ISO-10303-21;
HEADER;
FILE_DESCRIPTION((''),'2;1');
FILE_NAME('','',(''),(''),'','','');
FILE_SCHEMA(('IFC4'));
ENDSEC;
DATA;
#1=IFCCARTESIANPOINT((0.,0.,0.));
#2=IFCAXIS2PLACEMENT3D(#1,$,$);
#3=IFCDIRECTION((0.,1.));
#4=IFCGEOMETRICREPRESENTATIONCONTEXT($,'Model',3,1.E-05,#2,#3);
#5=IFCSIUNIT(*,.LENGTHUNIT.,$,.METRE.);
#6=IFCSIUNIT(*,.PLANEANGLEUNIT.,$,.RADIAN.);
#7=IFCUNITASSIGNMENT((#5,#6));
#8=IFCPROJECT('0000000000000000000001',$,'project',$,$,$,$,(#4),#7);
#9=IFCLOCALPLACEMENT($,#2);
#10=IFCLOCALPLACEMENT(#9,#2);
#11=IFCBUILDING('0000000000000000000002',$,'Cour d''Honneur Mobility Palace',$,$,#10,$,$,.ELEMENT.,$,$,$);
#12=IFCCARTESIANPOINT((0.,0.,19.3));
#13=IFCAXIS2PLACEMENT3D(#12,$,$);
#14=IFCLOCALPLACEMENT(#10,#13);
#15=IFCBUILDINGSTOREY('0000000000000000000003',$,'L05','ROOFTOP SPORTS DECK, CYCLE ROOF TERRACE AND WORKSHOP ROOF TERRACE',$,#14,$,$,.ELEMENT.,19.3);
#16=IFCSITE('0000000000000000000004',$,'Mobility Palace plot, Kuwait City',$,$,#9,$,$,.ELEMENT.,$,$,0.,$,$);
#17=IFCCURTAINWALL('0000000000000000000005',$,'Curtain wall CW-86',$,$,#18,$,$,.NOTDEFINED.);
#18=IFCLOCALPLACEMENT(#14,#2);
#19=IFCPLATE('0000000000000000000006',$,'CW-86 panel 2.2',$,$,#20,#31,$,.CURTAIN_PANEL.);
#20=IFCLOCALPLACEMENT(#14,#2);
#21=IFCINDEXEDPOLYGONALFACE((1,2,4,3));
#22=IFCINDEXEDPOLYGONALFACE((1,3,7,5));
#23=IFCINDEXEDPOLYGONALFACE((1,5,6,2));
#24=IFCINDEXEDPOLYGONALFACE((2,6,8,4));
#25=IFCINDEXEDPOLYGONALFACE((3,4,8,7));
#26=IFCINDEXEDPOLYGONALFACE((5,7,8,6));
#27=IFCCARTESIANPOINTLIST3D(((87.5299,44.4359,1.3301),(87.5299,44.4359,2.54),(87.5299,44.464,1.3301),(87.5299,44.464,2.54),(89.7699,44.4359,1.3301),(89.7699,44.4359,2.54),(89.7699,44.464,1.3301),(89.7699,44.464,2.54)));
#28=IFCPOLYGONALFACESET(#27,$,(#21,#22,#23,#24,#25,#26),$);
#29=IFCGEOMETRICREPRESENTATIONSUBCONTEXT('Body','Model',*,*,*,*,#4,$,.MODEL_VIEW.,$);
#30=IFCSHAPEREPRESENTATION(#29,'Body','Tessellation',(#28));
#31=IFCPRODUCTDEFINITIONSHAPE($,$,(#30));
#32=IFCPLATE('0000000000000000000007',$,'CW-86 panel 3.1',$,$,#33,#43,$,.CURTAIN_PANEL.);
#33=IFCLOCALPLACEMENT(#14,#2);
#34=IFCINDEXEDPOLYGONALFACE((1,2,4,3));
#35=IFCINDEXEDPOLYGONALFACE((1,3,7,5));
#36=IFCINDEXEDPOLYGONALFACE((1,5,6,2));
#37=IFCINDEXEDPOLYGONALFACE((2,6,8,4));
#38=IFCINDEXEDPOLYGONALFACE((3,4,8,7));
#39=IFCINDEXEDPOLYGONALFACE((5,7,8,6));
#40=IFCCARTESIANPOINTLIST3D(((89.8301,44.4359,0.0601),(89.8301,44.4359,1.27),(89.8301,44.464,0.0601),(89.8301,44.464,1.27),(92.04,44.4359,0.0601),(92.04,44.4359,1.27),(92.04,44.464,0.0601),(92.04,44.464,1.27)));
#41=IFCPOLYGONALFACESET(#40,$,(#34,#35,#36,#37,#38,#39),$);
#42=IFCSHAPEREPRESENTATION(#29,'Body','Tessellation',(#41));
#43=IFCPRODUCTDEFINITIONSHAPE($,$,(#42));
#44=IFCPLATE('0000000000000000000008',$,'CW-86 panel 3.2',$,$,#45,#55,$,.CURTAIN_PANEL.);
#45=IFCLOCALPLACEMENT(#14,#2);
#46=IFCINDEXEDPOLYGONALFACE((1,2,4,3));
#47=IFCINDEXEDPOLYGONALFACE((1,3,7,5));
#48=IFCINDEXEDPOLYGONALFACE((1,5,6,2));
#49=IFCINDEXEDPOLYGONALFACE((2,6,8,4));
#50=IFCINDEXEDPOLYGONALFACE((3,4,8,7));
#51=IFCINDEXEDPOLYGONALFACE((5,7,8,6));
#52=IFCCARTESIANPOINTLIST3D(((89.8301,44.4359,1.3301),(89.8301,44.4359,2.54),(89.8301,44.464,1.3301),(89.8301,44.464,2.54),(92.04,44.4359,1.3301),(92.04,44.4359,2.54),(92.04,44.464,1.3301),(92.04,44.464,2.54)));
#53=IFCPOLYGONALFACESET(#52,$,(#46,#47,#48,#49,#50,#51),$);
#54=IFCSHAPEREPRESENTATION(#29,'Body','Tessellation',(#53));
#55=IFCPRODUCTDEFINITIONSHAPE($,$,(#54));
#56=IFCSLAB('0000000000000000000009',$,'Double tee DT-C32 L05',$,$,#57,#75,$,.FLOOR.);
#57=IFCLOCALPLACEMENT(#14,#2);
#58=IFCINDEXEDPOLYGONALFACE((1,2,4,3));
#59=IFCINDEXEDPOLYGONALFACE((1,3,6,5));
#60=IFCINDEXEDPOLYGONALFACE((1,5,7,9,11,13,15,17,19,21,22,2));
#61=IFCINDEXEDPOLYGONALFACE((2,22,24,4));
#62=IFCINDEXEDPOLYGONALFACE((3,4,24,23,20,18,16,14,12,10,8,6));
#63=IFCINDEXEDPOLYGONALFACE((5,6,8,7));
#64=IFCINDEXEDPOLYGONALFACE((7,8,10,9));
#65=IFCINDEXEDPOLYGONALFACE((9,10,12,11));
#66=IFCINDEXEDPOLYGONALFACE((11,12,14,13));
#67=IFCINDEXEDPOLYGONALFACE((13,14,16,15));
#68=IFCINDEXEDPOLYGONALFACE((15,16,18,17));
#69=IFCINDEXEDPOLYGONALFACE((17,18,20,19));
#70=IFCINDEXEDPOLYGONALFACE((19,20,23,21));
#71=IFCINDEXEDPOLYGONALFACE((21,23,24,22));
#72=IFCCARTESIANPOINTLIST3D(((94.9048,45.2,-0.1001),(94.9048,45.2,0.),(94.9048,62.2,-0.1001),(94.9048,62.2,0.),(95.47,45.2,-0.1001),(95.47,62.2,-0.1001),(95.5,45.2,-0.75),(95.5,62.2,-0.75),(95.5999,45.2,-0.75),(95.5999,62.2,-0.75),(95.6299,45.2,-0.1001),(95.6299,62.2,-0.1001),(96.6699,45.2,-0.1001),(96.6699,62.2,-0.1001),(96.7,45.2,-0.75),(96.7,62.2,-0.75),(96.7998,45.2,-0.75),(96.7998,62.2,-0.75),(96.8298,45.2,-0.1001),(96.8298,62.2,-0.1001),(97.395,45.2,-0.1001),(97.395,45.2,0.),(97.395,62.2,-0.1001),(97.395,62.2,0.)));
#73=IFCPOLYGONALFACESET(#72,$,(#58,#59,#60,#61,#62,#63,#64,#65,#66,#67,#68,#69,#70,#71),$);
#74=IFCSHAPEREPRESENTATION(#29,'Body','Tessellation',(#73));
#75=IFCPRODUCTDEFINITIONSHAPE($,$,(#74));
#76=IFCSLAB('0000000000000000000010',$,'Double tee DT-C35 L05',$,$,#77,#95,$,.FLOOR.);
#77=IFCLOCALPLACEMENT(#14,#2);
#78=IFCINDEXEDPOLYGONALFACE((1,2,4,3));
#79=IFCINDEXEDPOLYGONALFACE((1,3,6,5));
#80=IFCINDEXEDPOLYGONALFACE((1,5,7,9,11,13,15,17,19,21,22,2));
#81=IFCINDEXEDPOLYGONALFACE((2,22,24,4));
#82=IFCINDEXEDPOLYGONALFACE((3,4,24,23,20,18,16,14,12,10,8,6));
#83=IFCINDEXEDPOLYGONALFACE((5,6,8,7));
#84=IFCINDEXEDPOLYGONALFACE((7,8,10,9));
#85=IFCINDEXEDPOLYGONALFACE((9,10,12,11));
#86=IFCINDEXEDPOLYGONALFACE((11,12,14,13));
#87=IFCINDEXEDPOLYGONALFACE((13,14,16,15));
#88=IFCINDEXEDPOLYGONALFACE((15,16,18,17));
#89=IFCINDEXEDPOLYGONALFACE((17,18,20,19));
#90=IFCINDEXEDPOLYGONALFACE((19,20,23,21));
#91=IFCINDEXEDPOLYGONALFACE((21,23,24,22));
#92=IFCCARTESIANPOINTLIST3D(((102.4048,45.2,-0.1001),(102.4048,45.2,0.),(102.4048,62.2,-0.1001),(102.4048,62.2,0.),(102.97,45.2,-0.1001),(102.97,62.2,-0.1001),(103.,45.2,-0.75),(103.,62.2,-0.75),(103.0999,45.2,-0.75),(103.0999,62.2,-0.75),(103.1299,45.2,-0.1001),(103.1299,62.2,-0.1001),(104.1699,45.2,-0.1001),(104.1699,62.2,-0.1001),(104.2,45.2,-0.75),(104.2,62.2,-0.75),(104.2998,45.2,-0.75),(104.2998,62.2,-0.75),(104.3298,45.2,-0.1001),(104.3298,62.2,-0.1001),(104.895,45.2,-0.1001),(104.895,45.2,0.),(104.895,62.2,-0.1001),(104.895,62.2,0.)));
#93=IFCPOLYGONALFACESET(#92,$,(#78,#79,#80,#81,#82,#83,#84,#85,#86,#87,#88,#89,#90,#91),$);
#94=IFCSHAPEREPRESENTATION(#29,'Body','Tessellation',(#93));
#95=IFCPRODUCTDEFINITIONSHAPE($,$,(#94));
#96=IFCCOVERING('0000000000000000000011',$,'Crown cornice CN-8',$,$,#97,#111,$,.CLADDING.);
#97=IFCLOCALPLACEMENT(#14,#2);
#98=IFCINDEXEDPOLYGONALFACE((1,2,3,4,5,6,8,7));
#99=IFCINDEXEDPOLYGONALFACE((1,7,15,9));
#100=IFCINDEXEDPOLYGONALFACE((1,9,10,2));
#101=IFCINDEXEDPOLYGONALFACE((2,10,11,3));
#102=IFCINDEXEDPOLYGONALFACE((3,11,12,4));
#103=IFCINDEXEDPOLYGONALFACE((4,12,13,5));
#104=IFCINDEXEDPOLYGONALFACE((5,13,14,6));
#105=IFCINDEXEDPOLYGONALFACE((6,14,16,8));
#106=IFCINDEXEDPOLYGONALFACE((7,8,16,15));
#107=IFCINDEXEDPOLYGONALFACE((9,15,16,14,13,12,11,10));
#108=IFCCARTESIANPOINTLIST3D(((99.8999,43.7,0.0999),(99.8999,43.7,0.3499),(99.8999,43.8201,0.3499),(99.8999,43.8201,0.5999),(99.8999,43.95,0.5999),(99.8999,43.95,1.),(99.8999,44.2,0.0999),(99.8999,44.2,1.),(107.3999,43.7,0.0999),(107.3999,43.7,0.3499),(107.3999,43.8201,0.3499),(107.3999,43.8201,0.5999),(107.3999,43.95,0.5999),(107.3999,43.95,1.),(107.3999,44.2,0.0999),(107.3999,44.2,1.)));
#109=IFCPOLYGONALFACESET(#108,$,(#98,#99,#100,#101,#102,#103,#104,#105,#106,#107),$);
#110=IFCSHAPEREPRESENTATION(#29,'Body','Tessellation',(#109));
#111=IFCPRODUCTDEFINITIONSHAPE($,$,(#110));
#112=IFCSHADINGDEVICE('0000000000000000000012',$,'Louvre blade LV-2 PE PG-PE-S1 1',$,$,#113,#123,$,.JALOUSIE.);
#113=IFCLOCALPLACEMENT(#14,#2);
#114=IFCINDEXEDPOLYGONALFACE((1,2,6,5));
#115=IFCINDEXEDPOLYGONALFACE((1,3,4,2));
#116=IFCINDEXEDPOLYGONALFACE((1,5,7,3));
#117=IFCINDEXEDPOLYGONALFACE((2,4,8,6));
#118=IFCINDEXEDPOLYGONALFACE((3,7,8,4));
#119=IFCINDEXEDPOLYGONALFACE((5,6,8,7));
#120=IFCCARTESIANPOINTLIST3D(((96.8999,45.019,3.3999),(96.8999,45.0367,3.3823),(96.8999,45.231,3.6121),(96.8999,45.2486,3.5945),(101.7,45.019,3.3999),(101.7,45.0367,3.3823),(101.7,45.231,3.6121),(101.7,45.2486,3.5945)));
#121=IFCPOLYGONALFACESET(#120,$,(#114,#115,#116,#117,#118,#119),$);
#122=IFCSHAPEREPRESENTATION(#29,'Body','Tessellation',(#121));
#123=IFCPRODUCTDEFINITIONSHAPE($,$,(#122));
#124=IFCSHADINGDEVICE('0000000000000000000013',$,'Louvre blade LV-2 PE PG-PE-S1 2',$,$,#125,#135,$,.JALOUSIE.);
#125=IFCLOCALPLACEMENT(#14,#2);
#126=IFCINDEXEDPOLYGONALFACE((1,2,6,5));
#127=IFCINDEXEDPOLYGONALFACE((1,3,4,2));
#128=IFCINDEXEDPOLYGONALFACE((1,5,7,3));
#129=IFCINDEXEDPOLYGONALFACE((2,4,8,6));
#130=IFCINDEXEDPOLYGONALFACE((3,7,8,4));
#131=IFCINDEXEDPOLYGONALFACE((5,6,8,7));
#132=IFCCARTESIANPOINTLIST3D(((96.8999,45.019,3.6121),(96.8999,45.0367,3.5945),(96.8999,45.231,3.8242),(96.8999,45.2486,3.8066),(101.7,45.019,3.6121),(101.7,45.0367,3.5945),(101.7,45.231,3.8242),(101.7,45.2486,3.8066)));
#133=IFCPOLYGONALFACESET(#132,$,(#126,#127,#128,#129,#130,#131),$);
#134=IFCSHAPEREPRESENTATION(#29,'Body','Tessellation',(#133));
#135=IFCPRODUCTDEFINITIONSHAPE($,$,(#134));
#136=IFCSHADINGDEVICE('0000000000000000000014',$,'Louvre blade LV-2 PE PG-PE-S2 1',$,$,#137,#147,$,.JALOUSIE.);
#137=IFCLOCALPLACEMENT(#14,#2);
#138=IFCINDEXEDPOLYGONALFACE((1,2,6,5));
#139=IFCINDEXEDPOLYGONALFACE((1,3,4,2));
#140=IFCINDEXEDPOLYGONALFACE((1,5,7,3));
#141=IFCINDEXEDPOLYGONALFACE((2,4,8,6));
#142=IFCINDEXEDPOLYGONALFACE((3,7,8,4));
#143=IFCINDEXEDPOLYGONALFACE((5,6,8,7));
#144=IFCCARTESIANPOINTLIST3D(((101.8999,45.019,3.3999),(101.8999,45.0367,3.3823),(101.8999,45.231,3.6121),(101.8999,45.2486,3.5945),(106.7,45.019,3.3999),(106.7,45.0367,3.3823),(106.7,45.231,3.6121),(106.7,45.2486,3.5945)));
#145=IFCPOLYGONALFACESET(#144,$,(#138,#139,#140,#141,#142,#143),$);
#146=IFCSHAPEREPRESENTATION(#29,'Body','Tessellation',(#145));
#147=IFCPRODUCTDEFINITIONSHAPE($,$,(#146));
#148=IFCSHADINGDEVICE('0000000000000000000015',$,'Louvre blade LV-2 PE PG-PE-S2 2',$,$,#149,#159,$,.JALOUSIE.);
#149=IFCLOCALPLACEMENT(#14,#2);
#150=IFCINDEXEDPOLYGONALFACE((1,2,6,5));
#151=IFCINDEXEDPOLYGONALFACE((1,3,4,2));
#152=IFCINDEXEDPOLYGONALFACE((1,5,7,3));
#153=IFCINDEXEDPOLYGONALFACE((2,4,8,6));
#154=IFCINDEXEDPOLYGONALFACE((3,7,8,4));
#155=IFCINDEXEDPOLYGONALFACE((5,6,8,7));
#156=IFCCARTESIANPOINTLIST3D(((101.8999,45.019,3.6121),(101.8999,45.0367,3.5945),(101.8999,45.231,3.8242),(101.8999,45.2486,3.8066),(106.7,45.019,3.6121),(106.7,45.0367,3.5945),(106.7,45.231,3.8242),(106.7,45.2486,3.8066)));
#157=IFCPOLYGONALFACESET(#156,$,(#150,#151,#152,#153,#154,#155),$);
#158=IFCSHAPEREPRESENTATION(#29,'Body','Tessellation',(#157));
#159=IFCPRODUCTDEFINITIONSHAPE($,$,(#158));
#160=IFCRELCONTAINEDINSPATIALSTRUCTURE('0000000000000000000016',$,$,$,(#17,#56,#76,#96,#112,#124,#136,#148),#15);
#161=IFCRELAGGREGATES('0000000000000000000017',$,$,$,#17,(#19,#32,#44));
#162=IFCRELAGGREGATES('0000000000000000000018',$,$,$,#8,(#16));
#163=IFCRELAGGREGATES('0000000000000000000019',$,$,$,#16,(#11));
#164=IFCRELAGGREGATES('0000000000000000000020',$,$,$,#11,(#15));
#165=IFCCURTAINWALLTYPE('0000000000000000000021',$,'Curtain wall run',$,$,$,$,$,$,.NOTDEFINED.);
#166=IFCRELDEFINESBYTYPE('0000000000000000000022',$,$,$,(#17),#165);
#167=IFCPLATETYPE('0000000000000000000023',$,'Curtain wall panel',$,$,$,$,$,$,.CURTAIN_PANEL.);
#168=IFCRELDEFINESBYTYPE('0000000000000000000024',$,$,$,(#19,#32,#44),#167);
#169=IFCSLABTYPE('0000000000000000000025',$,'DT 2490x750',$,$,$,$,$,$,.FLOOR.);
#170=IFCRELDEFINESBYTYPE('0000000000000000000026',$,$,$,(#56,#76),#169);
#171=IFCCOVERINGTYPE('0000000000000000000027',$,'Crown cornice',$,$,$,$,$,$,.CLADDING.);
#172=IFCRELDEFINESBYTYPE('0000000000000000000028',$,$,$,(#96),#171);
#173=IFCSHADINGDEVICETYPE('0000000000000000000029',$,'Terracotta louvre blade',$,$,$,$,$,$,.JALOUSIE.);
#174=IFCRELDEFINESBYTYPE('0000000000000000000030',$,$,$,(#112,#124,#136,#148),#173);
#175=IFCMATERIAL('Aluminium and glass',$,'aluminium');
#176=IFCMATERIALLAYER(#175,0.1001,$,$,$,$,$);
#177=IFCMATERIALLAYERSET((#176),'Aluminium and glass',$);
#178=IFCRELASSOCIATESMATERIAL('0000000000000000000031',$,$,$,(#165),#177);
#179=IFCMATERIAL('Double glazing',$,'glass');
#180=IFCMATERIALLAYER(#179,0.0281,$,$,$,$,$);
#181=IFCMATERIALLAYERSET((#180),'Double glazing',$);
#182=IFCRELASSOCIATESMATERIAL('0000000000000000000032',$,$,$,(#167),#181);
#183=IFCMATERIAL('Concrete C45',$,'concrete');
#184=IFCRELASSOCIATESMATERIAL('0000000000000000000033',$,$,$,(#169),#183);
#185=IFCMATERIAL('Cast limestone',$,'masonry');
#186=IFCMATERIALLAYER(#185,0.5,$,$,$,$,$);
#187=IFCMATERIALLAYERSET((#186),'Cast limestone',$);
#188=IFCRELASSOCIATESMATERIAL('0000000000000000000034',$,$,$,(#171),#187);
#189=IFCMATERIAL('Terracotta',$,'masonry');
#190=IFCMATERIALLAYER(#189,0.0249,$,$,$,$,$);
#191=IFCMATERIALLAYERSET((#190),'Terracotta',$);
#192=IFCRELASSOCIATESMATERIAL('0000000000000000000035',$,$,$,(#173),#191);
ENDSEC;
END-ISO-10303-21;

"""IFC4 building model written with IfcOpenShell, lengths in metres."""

from ifc_helpers import new_model, si_unit, direction, frame, origin, origin_2d, place, context, subcontext, project, spatial, polyline, rectangle, outline, extrude, material, layer, layer_set, material_profile, profile_set, type_object, element, aggregate, save


model = new_model("IFC4")

# Units and contexts
model_context = context("Model", 3, precision=1e-05, world=origin(), true_north=direction((0.0, 1.0)))
body_context = subcontext(model_context, "Body", "Model", "MODEL_VIEW")
ifc_project = project(units=[si_unit("LENGTHUNIT", "METRE"), si_unit("PLANEANGLEUNIT", "RADIAN")], contexts=[model_context])

# Site, building, storey
site_placement = place(None, origin())
site = spatial("IfcSite", under=ifc_project, at=site_placement, Name="Mobility Palace plot, Kuwait City", CompositionType="ELEMENT", RefElevation=0.0)
building_placement = place(site_placement, origin())
building = spatial("IfcBuilding", under=site, at=building_placement, Name="Cour d'Honneur Mobility Palace", CompositionType="ELEMENT")
storey_placement = place(building_placement, frame((0.0, 0.0, 19.3)))
storey = spatial("IfcBuildingStorey", under=building, at=storey_placement, Name="L05", Description="ROOFTOP SPORTS DECK, CYCLE ROOF TERRACE AND WORKSHOP ROOF TERRACE", CompositionType="ELEMENT", Elevation=19.3)

# Curtain wall
ifc_material_1 = material(Name="Aluminium and glass", Category="aluminium")
ifc_layer_1 = layer(ifc_material_1, 0.1001)
ifc_layer_set_1 = layer_set([ifc_layer_1], Name="Aluminium and glass")
curtain_wall_type = type_object("IfcCurtainWallType", Name="Curtain wall run", PredefinedType="NOTDEFINED", material=ifc_layer_set_1)
curtain_wall_placement = place(storey_placement, origin())
curtain_wall = element("IfcCurtainWall", 1, at=curtain_wall_placement, inside=storey, type_object=curtain_wall_type, Name="Curtain wall CW-86", PredefinedType="NOTDEFINED")

# Plates
ifc_material_2 = material(Name="Double glazing", Category="glass")
ifc_layer_2 = layer(ifc_material_2, 0.0281)
ifc_layer_set_2 = layer_set([ifc_layer_2], Name="Double glazing")
plate_type = type_object("IfcPlateType", Name="Curtain wall panel", PredefinedType="CURTAIN_PANEL", material=ifc_layer_set_2)
plate_1_placement = place(storey_placement, frame((88.6499, 44.45, 1.3301), z_axis=(0.0, 0.0, 1.0), x_axis=(1.0, 0.0, 0.0)))
plate_1 = element("IfcPlate", 2, at=plate_1_placement, type_object=plate_type, Name="CW-86 panel 2.2", PredefinedType="CURTAIN_PANEL", context=body_context, shape_type="SweptSolid", body=[
    extrude(rectangle(XDim=2.24, YDim=0.0281, at=origin_2d()), origin(), (0.0, 0.0, 1.0), 1.21),
])
plate_2_placement = place(storey_placement, frame((90.9351, 44.45, 0.0601), z_axis=(0.0, 0.0, 1.0), x_axis=(1.0, 0.0, 0.0)))
plate_2 = element("IfcPlate", 3, at=plate_2_placement, type_object=plate_type, Name="CW-86 panel 3.1", PredefinedType="CURTAIN_PANEL", context=body_context, shape_type="SweptSolid", body=[
    extrude(rectangle(XDim=2.21, YDim=0.0281, at=origin_2d()), origin(), (0.0, 0.0, 1.0), 1.21),
])
plate_3_placement = place(storey_placement, frame((90.9351, 44.45, 1.3301), z_axis=(0.0, 0.0, 1.0), x_axis=(1.0, 0.0, 0.0)))
plate_3 = element("IfcPlate", 4, at=plate_3_placement, type_object=plate_type, Name="CW-86 panel 3.2", PredefinedType="CURTAIN_PANEL", context=body_context, shape_type="SweptSolid", body=[
    extrude(rectangle(XDim=2.21, YDim=0.0281, at=origin_2d()), origin(), (0.0, 0.0, 1.0), 1.21),
])
aggregate(curtain_wall, [plate_1, plate_2, plate_3])

# Slabs
ifc_material_3 = material(Name="Concrete C45", Category="concrete")
ifc_material_profile_1 = material_profile(ifc_material_3, outline(polyline([(-1.2451, 0.0), (1.2451, 0.0), (1.2451, -0.1001), (0.6799, -0.1001), (0.6499, -0.75), (0.55, -0.75), (0.52, -0.1001), (-0.52, -0.1001), (-0.55, -0.75), (-0.6499, -0.75), (-0.6799, -0.1001), (-1.2451, -0.1001), (-1.2451, 0.0)])), Name="DT 2490x750")
ifc_profile_set_1 = profile_set([ifc_material_profile_1], Name="Concrete C45")
slab_type = type_object("IfcSlabType", Name="DT 2490x750", PredefinedType="FLOOR", material=ifc_profile_set_1)
for number, where, z_axis, x_axis, name in (
    (5, (96.1499, 45.2, 0.0), (0.0, 1.0, 0.0), (-1.0, 0.0, 0.0), "Double tee DT-C32 L05"),
    (6, (103.6499, 45.2, 0.0), (0.0, 1.0, 0.0), (-1.0, 0.0, 0.0), "Double tee DT-C35 L05"),
):
    element("IfcSlab", number, at=place(storey_placement, frame(where, z_axis=z_axis, x_axis=x_axis)), inside=storey, type_object=slab_type, Name=name, PredefinedType="FLOOR", context=body_context, shape_type="SweptSolid", body=[
        extrude(outline(polyline([(-1.2451, 0.0), (1.2451, 0.0), (1.2451, -0.1001), (0.6799, -0.1001), (0.6499, -0.75), (0.55, -0.75), (0.52, -0.1001), (-0.52, -0.1001), (-0.55, -0.75), (-0.6499, -0.75), (-0.6799, -0.1001), (-1.2451, -0.1001), (-1.2451, 0.0)])), origin(), (0.0, 0.0, 1.0), 17.0),
    ])

# Covering
ifc_material_4 = material(Name="Cast limestone", Category="masonry")
ifc_layer_3 = layer(ifc_material_4, 0.5)
ifc_layer_set_3 = layer_set([ifc_layer_3], Name="Cast limestone")
covering_type = type_object("IfcCoveringType", Name="Crown cornice", PredefinedType="CLADDING", material=ifc_layer_set_3)
covering_placement = place(storey_placement, frame((99.8999, 44.2, 0.0999), z_axis=(-1.0, 0.0, 0.0), x_axis=(0.0, -1.0, 0.0)))
element("IfcCovering", 7, at=covering_placement, inside=storey, type_object=covering_type, Name="Crown cornice CN-8", PredefinedType="CLADDING", context=body_context, shape_type="SweptSolid", body=[
    extrude(outline(polyline([(0.0, 0.0), (0.5, 0.0), (0.5, 0.25), (0.3799, 0.25), (0.3799, 0.5), (0.25, 0.5), (0.25, 0.9001), (0.0, 0.9001), (0.0, 0.0)])), origin(), (0.0, 0.0, -1.0), 7.5),
])

# Shading devices
ifc_material_5 = material(Name="Terracotta", Category="masonry")
ifc_layer_4 = layer(ifc_material_5, 0.0249)
ifc_layer_set_4 = layer_set([ifc_layer_4], Name="Terracotta")
shading_device_type = type_object("IfcShadingDeviceType", Name="Terracotta louvre blade", PredefinedType="JALOUSIE", material=ifc_layer_set_4)
for number, where, z_axis, x_axis, name in (
    (8, (96.8999, 45.019, 3.3999), (0.0, -0.707514, 0.7067), (1.0, 0.0, 0.0), "Louvre blade LV-2 PE PG-PE-S1 1"),
    (9, (96.8999, 45.019, 3.6121), (0.0, -0.707514, 0.7067), (1.0, 0.0, 0.0), "Louvre blade LV-2 PE PG-PE-S1 2"),
    (10, (101.8999, 45.019, 3.3999), (0.0, -0.707514, 0.7067), (1.0, 0.0, 0.0), "Louvre blade LV-2 PE PG-PE-S2 1"),
    (11, (101.8999, 45.019, 3.6121), (0.0, -0.707514, 0.7067), (1.0, 0.0, 0.0), "Louvre blade LV-2 PE PG-PE-S2 2"),
):
    element("IfcShadingDevice", number, at=place(storey_placement, frame(where, z_axis=z_axis, x_axis=x_axis)), inside=storey, type_object=shading_device_type, Name=name, PredefinedType="JALOUSIE", context=body_context, shape_type="SweptSolid", body=[
        extrude(outline(polyline([(0.0, 0.0), (4.8, 0.0), (4.8, 0.2999), (0.0, 0.2999), (0.0, 0.0)])), origin(), (0.0, 0.0, -1.0), 0.0249),
    ])

save(model, "model.ifc")
